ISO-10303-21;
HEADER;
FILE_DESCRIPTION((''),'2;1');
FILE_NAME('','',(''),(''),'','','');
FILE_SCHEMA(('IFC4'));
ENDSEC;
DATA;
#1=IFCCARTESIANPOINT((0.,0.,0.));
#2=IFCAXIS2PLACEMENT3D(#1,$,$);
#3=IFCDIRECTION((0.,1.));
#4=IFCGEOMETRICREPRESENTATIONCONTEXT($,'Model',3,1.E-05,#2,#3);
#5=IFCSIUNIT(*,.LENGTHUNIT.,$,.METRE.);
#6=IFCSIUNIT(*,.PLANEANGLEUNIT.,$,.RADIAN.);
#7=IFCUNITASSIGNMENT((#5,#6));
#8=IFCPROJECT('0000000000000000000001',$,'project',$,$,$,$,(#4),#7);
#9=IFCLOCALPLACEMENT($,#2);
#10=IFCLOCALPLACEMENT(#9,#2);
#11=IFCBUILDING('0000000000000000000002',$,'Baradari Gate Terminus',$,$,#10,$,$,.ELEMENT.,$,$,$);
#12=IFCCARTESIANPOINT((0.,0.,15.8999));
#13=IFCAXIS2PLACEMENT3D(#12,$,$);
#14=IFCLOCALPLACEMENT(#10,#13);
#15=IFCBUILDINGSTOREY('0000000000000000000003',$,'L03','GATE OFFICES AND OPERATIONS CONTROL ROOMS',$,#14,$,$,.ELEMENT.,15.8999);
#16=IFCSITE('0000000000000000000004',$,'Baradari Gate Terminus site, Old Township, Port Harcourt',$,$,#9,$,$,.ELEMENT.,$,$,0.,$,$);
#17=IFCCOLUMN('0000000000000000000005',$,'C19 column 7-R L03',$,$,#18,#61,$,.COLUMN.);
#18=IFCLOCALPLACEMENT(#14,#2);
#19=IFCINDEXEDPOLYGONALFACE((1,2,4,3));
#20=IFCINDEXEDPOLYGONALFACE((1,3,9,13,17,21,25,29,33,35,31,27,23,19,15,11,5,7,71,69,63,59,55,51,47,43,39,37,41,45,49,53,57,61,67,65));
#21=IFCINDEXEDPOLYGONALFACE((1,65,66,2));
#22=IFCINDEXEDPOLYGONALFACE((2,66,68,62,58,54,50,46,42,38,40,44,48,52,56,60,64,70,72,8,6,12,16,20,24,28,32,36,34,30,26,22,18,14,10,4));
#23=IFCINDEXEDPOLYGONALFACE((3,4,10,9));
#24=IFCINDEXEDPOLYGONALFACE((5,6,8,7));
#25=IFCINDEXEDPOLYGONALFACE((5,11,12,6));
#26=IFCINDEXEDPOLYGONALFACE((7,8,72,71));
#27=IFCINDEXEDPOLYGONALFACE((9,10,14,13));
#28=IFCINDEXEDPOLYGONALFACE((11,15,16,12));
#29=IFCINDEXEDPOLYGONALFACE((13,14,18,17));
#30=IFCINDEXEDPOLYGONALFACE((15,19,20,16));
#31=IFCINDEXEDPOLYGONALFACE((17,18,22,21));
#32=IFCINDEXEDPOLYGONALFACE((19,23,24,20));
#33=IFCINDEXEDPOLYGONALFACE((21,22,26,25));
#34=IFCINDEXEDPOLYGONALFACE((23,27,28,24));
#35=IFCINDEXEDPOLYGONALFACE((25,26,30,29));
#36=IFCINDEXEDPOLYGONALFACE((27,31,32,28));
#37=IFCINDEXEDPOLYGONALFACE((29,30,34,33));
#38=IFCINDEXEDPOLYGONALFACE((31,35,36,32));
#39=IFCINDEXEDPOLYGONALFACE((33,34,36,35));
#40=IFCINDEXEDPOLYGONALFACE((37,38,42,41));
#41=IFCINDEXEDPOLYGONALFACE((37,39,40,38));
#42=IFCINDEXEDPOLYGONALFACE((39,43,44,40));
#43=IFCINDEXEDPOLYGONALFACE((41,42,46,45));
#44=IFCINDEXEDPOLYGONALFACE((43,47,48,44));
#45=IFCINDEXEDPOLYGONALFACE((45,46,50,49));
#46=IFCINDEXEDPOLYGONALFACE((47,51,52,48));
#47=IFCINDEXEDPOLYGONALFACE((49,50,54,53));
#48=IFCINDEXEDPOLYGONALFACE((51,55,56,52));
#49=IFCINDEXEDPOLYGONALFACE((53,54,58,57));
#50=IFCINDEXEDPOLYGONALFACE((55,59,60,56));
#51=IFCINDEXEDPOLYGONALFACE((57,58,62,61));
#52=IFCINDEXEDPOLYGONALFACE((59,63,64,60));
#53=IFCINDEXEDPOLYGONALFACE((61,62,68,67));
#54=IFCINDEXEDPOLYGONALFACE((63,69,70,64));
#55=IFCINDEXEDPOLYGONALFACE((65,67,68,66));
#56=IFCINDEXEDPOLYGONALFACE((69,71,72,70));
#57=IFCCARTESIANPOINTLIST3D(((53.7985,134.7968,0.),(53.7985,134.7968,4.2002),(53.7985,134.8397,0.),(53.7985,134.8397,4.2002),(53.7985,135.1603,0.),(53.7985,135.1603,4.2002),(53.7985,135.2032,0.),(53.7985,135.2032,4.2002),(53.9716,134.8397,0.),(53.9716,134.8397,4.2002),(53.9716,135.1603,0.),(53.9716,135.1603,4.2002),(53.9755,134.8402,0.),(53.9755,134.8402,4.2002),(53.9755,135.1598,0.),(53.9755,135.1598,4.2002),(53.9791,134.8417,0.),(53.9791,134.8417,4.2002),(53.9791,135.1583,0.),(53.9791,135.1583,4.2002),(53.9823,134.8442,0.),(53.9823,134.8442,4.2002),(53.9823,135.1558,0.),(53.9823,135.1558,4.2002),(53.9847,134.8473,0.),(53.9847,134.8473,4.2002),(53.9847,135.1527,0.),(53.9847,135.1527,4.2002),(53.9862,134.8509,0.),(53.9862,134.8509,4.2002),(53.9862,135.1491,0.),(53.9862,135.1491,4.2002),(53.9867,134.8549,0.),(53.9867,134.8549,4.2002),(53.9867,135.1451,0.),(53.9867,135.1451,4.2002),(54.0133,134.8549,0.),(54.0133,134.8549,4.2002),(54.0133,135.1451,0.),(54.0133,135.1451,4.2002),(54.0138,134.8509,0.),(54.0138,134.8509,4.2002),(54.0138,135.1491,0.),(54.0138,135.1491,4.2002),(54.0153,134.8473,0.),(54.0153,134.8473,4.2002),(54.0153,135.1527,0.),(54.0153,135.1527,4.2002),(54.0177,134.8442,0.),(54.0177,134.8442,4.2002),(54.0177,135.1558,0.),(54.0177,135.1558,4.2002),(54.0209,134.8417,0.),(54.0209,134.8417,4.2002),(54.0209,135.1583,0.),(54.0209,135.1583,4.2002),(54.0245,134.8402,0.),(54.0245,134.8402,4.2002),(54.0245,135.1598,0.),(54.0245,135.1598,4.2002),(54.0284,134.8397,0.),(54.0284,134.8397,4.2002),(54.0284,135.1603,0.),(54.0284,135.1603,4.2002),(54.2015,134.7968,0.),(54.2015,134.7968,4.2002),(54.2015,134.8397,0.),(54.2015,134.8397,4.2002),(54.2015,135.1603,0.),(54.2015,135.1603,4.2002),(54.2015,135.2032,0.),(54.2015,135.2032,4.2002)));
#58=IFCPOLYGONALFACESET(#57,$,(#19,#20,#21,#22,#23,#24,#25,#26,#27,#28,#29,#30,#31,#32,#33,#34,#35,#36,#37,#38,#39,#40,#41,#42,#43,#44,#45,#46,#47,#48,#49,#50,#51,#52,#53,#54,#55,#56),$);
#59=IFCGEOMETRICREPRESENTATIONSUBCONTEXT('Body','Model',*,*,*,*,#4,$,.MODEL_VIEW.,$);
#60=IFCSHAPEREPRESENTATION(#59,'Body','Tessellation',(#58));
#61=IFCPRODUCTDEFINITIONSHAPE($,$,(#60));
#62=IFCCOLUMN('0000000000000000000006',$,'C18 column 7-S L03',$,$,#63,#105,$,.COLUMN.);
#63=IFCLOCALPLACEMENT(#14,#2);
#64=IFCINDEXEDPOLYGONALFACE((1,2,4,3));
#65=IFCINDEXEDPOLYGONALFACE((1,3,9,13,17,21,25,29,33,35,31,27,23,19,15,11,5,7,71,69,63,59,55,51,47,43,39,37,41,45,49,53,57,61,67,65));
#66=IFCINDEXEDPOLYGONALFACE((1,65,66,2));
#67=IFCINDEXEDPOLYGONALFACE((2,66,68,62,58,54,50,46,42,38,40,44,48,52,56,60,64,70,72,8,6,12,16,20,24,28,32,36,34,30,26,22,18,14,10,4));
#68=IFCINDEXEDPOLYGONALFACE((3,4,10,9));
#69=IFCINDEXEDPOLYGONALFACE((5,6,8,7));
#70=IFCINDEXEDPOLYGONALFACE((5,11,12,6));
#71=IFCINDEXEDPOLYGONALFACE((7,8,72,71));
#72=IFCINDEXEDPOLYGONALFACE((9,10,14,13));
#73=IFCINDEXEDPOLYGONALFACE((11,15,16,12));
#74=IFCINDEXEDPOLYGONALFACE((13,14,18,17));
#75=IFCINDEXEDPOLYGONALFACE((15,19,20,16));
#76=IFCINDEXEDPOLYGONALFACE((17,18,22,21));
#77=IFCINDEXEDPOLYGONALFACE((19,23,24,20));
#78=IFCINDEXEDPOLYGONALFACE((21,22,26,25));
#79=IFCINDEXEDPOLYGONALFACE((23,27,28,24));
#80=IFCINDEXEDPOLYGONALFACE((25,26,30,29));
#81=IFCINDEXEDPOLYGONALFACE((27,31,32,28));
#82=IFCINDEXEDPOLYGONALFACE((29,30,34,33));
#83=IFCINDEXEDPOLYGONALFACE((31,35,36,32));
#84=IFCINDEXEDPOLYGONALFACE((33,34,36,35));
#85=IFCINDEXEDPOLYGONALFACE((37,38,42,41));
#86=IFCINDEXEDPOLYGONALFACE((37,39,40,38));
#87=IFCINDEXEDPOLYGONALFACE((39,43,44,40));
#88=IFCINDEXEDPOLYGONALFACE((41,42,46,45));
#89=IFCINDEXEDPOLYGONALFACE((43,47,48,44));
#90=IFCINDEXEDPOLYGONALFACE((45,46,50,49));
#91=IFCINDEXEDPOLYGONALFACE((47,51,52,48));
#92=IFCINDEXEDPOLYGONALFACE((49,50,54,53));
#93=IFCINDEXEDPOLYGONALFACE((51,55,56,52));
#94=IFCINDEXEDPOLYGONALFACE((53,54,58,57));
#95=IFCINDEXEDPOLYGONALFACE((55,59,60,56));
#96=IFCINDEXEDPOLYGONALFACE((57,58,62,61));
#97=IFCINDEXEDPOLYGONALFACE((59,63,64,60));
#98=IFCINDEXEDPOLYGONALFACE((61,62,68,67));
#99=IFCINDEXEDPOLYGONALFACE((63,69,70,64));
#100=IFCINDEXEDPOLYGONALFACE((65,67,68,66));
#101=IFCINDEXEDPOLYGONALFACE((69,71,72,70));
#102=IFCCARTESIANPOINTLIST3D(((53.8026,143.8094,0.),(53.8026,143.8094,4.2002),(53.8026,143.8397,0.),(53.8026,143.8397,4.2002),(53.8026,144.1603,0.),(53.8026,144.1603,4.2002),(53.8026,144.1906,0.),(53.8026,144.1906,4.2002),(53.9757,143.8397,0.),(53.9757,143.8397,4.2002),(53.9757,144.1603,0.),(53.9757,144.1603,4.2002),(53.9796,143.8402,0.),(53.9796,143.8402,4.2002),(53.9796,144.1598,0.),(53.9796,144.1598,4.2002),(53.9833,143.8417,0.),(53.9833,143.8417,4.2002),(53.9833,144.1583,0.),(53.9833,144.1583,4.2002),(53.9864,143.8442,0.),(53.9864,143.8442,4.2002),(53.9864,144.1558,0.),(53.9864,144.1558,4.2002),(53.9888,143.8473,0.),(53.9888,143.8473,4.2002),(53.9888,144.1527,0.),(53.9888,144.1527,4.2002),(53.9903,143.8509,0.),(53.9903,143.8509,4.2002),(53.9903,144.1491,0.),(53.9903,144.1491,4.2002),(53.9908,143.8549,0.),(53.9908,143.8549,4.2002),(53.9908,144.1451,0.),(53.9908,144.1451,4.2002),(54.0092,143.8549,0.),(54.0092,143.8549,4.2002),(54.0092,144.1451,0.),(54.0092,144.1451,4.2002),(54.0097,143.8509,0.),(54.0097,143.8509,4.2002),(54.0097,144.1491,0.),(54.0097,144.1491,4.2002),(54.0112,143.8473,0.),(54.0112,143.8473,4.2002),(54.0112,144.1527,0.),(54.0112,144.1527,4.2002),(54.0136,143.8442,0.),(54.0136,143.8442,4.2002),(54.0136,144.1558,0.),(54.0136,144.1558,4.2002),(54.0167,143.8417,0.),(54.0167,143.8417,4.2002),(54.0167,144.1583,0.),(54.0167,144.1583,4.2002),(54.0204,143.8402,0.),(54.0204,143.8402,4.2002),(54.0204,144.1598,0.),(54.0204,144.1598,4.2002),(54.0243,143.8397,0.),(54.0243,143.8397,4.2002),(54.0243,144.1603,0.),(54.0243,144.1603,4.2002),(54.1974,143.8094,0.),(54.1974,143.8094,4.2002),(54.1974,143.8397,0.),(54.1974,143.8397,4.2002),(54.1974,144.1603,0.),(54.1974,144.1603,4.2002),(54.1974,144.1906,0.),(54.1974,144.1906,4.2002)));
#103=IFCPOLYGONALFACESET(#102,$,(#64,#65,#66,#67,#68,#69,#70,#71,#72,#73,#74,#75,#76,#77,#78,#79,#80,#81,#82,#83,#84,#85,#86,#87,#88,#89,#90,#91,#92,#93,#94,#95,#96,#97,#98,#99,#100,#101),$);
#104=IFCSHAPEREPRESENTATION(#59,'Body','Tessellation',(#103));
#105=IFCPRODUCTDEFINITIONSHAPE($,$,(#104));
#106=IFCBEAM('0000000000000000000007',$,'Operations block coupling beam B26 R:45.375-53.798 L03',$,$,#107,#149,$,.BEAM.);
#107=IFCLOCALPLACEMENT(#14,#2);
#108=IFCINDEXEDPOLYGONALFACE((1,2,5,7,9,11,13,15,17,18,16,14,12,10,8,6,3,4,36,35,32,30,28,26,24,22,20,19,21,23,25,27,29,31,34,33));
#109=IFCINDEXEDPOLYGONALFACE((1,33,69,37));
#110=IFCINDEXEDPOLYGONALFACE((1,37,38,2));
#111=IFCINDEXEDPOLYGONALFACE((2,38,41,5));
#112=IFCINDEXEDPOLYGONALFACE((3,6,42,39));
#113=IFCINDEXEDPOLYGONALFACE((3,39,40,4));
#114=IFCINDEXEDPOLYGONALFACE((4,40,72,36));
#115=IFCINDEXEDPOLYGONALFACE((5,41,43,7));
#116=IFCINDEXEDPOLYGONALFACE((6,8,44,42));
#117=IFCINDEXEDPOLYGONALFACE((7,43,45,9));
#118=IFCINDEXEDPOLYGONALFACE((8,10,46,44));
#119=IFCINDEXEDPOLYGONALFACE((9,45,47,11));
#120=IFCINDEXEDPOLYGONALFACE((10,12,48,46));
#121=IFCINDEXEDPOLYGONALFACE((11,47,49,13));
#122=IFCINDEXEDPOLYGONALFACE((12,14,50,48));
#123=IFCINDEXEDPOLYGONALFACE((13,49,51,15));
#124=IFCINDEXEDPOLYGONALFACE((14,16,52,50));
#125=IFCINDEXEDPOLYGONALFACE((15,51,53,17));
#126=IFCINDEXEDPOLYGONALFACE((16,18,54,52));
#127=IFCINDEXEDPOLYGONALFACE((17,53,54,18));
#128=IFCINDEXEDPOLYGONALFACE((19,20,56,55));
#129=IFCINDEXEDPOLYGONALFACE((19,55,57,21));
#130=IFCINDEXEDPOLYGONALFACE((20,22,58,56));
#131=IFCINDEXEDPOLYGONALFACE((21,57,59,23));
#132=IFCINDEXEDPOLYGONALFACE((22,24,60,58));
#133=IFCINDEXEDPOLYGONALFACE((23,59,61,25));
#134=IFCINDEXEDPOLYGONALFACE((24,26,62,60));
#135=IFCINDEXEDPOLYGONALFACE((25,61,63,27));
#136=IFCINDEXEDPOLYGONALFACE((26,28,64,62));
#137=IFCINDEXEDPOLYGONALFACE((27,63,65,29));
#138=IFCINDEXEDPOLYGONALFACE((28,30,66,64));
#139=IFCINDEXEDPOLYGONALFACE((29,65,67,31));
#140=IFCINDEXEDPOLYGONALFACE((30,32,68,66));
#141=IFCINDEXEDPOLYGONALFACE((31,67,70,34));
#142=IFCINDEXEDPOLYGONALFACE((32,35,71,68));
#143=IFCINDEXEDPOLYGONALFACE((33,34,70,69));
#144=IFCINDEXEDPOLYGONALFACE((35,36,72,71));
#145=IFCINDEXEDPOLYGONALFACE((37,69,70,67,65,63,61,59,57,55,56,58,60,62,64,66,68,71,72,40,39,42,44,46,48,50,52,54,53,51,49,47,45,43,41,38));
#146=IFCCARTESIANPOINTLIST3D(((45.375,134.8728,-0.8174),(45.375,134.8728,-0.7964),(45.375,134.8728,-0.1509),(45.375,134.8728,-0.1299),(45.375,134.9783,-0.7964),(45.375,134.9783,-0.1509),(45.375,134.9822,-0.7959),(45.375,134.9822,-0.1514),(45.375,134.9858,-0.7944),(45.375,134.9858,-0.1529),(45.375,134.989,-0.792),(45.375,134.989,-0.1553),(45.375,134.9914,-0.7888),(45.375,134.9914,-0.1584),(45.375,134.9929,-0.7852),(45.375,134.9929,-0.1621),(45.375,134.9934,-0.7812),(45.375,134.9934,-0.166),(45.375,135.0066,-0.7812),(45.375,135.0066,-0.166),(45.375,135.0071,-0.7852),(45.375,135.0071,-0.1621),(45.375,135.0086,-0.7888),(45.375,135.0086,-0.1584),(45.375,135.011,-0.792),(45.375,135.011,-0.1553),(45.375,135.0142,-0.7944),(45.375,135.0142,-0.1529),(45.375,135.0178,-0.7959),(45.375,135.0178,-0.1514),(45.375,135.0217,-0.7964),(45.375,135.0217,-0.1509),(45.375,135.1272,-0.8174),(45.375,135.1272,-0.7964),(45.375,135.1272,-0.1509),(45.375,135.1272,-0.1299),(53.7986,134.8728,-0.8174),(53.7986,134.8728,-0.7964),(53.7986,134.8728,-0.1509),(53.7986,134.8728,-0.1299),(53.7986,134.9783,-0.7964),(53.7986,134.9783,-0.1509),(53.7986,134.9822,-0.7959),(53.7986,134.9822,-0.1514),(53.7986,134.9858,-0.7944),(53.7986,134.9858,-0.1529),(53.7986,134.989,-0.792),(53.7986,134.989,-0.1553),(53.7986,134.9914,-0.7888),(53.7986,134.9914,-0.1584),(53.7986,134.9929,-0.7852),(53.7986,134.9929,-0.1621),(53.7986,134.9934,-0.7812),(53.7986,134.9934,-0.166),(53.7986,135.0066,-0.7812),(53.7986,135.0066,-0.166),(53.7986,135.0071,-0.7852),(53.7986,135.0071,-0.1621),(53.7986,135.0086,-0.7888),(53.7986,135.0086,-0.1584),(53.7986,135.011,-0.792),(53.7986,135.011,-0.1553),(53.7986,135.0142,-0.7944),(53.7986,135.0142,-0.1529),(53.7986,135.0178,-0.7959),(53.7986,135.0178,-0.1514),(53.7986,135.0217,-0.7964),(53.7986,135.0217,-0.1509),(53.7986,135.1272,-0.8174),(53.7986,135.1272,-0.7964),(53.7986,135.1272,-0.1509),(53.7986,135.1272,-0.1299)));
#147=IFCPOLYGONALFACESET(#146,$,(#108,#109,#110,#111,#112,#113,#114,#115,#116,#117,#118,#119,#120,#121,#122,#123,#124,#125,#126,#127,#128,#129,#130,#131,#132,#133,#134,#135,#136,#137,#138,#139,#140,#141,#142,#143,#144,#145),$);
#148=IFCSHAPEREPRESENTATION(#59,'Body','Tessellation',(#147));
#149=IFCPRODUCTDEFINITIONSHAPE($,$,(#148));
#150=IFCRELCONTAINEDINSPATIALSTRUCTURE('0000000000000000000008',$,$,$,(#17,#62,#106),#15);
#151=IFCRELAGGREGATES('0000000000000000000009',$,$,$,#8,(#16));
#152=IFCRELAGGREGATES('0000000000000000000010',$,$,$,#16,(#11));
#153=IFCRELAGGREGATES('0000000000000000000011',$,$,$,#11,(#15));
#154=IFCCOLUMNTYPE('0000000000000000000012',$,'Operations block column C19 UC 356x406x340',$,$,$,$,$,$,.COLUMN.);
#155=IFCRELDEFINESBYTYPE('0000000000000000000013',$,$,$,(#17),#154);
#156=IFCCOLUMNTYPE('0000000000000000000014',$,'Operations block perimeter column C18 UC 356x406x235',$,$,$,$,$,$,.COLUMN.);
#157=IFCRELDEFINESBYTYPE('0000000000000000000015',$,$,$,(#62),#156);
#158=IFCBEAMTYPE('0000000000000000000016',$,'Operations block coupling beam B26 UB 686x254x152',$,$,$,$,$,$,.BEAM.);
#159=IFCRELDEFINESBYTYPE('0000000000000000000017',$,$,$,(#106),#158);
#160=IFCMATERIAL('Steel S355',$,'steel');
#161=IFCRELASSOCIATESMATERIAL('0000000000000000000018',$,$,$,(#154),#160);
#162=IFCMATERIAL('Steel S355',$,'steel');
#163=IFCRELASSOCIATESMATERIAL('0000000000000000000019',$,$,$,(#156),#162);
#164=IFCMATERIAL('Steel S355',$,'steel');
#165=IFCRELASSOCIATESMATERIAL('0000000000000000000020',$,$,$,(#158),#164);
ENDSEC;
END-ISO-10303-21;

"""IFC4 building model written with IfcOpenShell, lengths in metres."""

from ifc_helpers import new_model, si_unit, direction, frame, origin, origin_2d, place, context, subcontext, project, spatial, i_section, extrude, material, material_profile, profile_set, type_object, element, save


model = new_model("IFC4")

# Units and contexts
model_context = context("Model", 3, precision=1e-05, world=origin(), true_north=direction((0.0, 1.0)))
body_context = subcontext(model_context, "Body", "Model", "MODEL_VIEW")
ifc_project = project(units=[si_unit("LENGTHUNIT", "METRE"), si_unit("PLANEANGLEUNIT", "RADIAN")], contexts=[model_context])

# Site, building, storey
site_placement = place(None, origin())
site = spatial("IfcSite", under=ifc_project, at=site_placement, Name="Baradari Gate Terminus site, Old Township, Port Harcourt", CompositionType="ELEMENT", RefElevation=0.0)
building_placement = place(site_placement, origin())
building = spatial("IfcBuilding", under=site, at=building_placement, Name="Baradari Gate Terminus", CompositionType="ELEMENT")
storey_placement = place(building_placement, frame((0.0, 0.0, 15.8999)))
storey = spatial("IfcBuildingStorey", under=building, at=storey_placement, Name="L03", Description="GATE OFFICES AND OPERATIONS CONTROL ROOMS", CompositionType="ELEMENT", Elevation=15.8999)

# Columns
ifc_material_1 = material(Name="Steel S355", Category="steel")
ifc_material_profile_1 = material_profile(ifc_material_1, i_section(OverallWidth=0.4031, OverallDepth=0.4065, WebThickness=0.0266, FlangeThickness=0.043, FilletRadius=0.0151, at=origin_2d()), Name="UC 356x406x340")
ifc_profile_set_1 = profile_set([ifc_material_profile_1], Name="Steel S355")
column_type_1 = type_object("IfcColumnType", Name="Operations block column C19 UC 356x406x340", PredefinedType="COLUMN", material=ifc_profile_set_1)
column_1_placement = place(storey_placement, frame((54.0, 135.0, 0.0), z_axis=(0.0, 0.0, 1.0), x_axis=(1.0, 0.0, 0.0)))
element("IfcColumn", 1, at=column_1_placement, inside=storey, type_object=column_type_1, Name="C19 column 7-R L03", PredefinedType="COLUMN", context=body_context, shape_type="SweptSolid", body=[
    extrude(i_section(OverallWidth=0.4031, OverallDepth=0.4065, WebThickness=0.0266, FlangeThickness=0.043, FilletRadius=0.0151, at=origin_2d()), origin(), (0.0, 0.0, 1.0), 4.2002),
])
ifc_material_2 = material(Name="Steel S355", Category="steel")
ifc_material_profile_2 = material_profile(ifc_material_2, i_section(OverallWidth=0.3948, OverallDepth=0.3811, WebThickness=0.0183, FlangeThickness=0.0303, FilletRadius=0.0151, at=origin_2d()), Name="UC 356x406x235")
ifc_profile_set_2 = profile_set([ifc_material_profile_2], Name="Steel S355")
column_type_2 = type_object("IfcColumnType", Name="Operations block perimeter column C18 UC 356x406x235", PredefinedType="COLUMN", material=ifc_profile_set_2)
column_2_placement = place(storey_placement, frame((54.0, 144.0, 0.0), z_axis=(0.0, 0.0, 1.0), x_axis=(1.0, 0.0, 0.0)))
element("IfcColumn", 2, at=column_2_placement, inside=storey, type_object=column_type_2, Name="C18 column 7-S L03", PredefinedType="COLUMN", context=body_context, shape_type="SweptSolid", body=[
    extrude(i_section(OverallWidth=0.3948, OverallDepth=0.3811, WebThickness=0.0183, FlangeThickness=0.0303, FilletRadius=0.0151, at=origin_2d()), origin(), (0.0, 0.0, 1.0), 4.2002),
])

# Beam
ifc_material_3 = material(Name="Steel S355", Category="steel")
ifc_material_profile_3 = material_profile(ifc_material_3, i_section(OverallWidth=0.2544, OverallDepth=0.6875, WebThickness=0.0132, FlangeThickness=0.021, FilletRadius=0.0151, at=origin_2d()), Name="UB 686x254x152")
ifc_profile_set_3 = profile_set([ifc_material_profile_3], Name="Steel S355")
beam_type_1 = type_object("IfcBeamType", Name="Operations block coupling beam B26 UB 686x254x152", PredefinedType="BEAM", material=ifc_profile_set_3)
beam_1_placement = place(storey_placement, frame((45.375, 135.0, -0.4736), z_axis=(1.0, 0.0, 0.0), x_axis=(0.0, 1.0, 0.0)))
element("IfcBeam", 3, at=beam_1_placement, inside=storey, type_object=beam_type_1, Name="Operations block coupling beam B26 R:45.375-53.798 L03", PredefinedType="BEAM", context=body_context, shape_type="SweptSolid", body=[
    extrude(i_section(OverallWidth=0.2544, OverallDepth=0.6875, WebThickness=0.0132, FlangeThickness=0.021, FilletRadius=0.0151, at=origin_2d()), origin(), (0.0, 0.0, 1.0), 8.4236),
])

save(model, "model.ifc")
